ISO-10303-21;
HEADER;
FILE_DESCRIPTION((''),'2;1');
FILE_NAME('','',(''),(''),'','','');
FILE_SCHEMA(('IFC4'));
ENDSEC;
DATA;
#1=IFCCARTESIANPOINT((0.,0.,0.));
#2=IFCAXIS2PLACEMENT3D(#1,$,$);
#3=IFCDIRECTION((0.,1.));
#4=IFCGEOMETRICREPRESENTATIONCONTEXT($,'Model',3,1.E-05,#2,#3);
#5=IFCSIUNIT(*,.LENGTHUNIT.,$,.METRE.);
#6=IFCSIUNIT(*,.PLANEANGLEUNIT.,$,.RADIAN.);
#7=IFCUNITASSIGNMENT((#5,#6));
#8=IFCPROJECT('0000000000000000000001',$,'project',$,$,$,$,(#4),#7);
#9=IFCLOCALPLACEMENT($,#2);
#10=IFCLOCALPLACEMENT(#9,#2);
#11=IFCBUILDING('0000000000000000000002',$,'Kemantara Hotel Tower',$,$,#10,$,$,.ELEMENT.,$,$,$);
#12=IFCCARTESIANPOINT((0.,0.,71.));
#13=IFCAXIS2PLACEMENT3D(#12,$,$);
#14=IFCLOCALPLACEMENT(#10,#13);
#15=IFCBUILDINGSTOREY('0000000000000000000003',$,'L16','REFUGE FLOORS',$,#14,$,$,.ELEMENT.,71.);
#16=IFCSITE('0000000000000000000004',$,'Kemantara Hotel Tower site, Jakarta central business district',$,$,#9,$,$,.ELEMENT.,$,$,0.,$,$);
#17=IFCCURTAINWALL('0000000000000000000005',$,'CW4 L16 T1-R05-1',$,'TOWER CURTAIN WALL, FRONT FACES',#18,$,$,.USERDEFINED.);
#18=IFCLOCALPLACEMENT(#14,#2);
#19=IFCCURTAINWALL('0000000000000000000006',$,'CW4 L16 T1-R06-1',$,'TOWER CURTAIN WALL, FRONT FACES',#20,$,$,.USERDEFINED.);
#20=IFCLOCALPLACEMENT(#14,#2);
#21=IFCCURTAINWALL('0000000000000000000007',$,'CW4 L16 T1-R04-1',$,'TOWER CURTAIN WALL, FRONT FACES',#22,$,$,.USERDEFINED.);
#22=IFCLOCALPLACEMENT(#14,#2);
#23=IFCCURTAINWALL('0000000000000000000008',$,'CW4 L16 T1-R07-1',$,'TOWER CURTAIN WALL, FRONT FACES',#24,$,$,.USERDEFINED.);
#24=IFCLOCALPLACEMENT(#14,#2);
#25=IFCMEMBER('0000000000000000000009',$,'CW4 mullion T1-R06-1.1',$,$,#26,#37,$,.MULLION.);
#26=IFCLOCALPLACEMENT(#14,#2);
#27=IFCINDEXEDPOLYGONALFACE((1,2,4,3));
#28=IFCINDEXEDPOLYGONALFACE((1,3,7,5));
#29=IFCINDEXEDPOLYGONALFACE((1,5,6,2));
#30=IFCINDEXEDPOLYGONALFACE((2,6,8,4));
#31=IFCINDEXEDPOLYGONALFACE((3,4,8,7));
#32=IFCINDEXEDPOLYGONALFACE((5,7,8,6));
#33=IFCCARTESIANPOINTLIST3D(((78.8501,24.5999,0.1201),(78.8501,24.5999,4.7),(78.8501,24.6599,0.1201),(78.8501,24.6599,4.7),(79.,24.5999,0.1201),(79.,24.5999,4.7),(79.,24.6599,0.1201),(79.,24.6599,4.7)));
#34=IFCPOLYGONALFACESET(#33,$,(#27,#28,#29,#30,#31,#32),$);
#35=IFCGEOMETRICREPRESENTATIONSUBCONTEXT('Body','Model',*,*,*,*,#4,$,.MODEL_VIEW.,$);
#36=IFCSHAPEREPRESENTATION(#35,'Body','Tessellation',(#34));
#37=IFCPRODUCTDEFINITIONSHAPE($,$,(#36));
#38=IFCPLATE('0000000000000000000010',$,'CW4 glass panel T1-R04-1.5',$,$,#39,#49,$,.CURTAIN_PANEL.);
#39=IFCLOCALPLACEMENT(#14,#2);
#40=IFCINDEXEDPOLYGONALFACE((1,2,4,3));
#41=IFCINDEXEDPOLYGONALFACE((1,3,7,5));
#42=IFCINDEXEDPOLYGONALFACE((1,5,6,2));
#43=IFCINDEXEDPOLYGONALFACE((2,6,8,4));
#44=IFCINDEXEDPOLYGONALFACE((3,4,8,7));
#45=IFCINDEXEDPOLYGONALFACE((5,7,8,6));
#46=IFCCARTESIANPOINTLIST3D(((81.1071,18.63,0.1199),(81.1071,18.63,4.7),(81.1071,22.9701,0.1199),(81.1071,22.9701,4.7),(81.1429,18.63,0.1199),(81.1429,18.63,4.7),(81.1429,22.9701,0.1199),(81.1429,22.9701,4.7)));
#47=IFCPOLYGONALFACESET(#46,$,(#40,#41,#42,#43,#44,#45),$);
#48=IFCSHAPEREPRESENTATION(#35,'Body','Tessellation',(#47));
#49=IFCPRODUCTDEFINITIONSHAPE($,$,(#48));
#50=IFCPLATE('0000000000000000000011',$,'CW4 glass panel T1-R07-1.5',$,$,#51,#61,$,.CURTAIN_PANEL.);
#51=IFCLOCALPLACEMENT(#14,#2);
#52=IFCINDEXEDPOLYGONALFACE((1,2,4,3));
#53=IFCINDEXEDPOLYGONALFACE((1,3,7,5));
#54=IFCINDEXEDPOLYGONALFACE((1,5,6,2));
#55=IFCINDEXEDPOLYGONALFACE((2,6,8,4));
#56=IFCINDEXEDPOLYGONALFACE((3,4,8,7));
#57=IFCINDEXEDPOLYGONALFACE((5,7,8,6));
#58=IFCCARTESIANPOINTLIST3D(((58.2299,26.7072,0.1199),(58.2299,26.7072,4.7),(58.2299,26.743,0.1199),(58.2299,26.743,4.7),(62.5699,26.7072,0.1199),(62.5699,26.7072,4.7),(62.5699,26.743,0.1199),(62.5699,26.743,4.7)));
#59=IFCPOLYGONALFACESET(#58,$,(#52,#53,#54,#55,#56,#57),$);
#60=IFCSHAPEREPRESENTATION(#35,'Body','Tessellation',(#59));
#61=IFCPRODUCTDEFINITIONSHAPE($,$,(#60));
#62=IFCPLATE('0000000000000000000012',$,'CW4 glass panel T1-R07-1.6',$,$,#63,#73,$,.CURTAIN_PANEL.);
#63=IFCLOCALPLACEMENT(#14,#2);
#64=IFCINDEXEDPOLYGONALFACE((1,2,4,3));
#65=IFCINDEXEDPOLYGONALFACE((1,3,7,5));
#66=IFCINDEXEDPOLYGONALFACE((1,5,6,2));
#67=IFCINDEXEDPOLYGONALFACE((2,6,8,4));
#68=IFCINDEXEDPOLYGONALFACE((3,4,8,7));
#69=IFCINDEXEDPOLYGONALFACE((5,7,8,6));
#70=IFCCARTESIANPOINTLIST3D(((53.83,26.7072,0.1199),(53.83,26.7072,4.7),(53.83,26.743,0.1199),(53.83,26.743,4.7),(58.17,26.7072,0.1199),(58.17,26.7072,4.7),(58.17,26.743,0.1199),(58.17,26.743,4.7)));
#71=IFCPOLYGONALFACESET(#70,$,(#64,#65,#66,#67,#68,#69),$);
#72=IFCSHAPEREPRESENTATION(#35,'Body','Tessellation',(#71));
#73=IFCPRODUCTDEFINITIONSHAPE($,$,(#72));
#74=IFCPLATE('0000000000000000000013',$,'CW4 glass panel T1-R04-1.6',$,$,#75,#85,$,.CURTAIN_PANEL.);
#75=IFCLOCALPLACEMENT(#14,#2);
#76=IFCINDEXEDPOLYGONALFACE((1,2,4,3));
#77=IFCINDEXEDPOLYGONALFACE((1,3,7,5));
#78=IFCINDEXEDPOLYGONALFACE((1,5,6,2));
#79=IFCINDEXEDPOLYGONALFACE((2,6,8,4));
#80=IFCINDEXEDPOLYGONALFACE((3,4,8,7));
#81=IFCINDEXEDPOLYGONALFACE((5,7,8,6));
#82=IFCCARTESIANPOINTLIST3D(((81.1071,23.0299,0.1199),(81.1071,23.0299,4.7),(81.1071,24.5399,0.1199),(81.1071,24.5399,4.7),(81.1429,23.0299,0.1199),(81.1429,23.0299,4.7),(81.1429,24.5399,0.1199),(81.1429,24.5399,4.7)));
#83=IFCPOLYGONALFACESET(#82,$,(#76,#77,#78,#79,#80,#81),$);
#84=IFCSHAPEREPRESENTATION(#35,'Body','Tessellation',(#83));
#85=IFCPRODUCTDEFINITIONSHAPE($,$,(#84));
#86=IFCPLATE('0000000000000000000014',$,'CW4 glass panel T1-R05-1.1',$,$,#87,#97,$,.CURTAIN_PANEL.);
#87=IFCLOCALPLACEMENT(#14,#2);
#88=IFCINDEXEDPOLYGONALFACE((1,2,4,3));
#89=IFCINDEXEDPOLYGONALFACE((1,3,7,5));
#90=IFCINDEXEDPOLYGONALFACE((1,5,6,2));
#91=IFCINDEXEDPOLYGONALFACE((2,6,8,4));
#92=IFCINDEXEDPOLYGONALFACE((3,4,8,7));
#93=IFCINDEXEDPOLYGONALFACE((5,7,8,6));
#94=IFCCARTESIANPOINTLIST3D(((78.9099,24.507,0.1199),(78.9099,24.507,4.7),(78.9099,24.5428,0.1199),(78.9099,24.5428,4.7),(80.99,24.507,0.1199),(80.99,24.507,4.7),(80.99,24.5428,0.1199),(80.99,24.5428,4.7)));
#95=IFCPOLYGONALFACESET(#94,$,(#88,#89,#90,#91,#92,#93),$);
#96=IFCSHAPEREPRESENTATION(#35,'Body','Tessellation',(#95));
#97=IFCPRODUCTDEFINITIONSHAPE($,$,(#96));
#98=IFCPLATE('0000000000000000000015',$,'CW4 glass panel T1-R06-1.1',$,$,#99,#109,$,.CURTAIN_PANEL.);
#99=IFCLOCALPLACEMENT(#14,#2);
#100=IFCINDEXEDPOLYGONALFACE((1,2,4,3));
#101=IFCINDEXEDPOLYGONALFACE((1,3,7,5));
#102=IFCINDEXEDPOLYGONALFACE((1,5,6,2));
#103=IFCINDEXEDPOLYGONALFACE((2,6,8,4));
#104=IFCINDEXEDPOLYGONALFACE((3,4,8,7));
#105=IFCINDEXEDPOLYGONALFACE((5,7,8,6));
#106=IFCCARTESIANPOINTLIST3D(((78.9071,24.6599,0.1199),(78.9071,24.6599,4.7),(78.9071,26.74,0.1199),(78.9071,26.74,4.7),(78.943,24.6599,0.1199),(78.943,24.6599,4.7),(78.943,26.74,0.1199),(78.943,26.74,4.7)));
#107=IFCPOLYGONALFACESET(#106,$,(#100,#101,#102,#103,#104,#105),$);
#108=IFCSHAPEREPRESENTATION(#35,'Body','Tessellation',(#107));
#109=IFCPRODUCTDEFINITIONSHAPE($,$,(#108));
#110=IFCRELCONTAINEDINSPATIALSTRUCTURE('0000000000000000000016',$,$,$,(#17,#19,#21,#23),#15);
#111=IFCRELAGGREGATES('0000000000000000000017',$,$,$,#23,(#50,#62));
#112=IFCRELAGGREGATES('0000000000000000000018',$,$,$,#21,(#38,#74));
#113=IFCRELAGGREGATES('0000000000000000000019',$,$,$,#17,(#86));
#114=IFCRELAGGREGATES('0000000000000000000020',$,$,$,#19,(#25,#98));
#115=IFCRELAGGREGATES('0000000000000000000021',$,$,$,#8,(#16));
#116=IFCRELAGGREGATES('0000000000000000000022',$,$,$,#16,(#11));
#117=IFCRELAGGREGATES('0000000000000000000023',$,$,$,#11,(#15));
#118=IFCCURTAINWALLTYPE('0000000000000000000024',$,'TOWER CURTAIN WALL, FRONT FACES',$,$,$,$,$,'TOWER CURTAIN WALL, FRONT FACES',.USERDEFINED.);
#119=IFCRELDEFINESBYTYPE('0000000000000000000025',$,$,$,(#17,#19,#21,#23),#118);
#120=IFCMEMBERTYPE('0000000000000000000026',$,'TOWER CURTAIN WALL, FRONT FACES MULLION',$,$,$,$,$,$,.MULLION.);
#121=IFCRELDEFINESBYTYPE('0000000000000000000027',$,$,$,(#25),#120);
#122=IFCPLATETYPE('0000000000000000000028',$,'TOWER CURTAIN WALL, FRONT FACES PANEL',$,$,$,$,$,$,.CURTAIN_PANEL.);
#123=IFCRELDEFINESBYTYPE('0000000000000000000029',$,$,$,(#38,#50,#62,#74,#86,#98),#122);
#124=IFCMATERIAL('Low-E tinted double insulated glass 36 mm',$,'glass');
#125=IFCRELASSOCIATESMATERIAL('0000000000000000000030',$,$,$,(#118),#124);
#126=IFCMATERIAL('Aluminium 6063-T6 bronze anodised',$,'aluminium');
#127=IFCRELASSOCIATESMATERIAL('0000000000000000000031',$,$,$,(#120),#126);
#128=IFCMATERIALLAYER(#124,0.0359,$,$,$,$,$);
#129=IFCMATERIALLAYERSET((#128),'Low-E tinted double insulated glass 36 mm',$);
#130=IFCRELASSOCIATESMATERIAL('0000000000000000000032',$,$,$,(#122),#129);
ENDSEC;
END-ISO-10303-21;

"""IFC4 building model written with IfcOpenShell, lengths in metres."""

from ifc_helpers import new_model, si_unit, direction, frame, origin, origin_2d, place, context, subcontext, project, spatial, rectangle, extrude, source, transform, mapped, material, layer, layer_set, material_profile, profile_set, type_object, element, aggregate, save


model = new_model("IFC4")

# Units and contexts
model_context = context("Model", 3, precision=1e-05, world=origin(), true_north=direction((0.0, 1.0)))
body_context = subcontext(model_context, "Body", "Model", "MODEL_VIEW")
ifc_project = project(units=[si_unit("LENGTHUNIT", "METRE"), si_unit("PLANEANGLEUNIT", "RADIAN")], contexts=[model_context])

# Site, building, storey
site_placement = place(None, origin())
site = spatial("IfcSite", under=ifc_project, at=site_placement, Name="Kemantara Hotel Tower site, Jakarta central business district", CompositionType="ELEMENT", RefElevation=0.0)
building_placement = place(site_placement, origin())
building = spatial("IfcBuilding", under=site, at=building_placement, Name="Kemantara Hotel Tower", CompositionType="ELEMENT")
storey_placement = place(building_placement, frame((0.0, 0.0, 71.0)))
storey = spatial("IfcBuildingStorey", under=building, at=storey_placement, Name="L16", Description="REFUGE FLOORS", CompositionType="ELEMENT", Elevation=71.0)

# Curtain walls
ifc_material_1 = material(Name="Low-E tinted double insulated glass 36 mm", Category="glass")
curtain_wall_type = type_object("IfcCurtainWallType", Name="TOWER CURTAIN WALL, FRONT FACES", ElementType="TOWER CURTAIN WALL, FRONT FACES", PredefinedType="USERDEFINED", material=ifc_material_1)
curtain_wall_1_placement = place(storey_placement, origin())
curtain_wall_1 = element("IfcCurtainWall", 1, at=curtain_wall_1_placement, inside=storey, type_object=curtain_wall_type, Name="CW4 L16 T1-R05-1", ObjectType="TOWER CURTAIN WALL, FRONT FACES", PredefinedType="USERDEFINED")
ifc_material_2 = material(Name="Aluminium 6063-T6 bronze anodised", Category="aluminium")
curtain_wall_2_placement = place(storey_placement, origin())
curtain_wall_2 = element("IfcCurtainWall", 2, at=curtain_wall_2_placement, inside=storey, type_object=curtain_wall_type, Name="CW4 L16 T1-R06-1", ObjectType="TOWER CURTAIN WALL, FRONT FACES", PredefinedType="USERDEFINED")

# Curtain walls
curtain_wall_3_placement = place(storey_placement, origin())
curtain_wall_3 = element("IfcCurtainWall", 3, at=curtain_wall_3_placement, inside=storey, type_object=curtain_wall_type, Name="CW4 L16 T1-R04-1", ObjectType="TOWER CURTAIN WALL, FRONT FACES", PredefinedType="USERDEFINED")
ifc_material_profile_1 = material_profile(ifc_material_2, rectangle(XDim=0.1499, YDim=0.0601, at=origin_2d()), Name="TOWER CURTAIN WALL, FRONT FACES MULLION")
ifc_profile_set_1 = profile_set([ifc_material_profile_1], Name="Aluminium 6063-T6 bronze anodised")
member_type_1 = type_object("IfcMemberType", Name="TOWER CURTAIN WALL, FRONT FACES MULLION", PredefinedType="MULLION", material=ifc_profile_set_1)
shared_shape_1 = source(origin(), body_context, "Body", "SweptSolid", [
    extrude(rectangle(XDim=0.1499, YDim=0.0601, at=origin_2d()), origin(), (0.0, 0.0, 1.0), 4.5798),
])
curtain_wall_4_placement = place(storey_placement, origin())
curtain_wall_4 = element("IfcCurtainWall", 4, at=curtain_wall_4_placement, inside=storey, type_object=curtain_wall_type, Name="CW4 L16 T1-R07-1", ObjectType="TOWER CURTAIN WALL, FRONT FACES", PredefinedType="USERDEFINED")

# Member
member_1_placement = place(storey_placement, frame((78.925, 24.6299, 0.1201), z_axis=(0.0, 0.0, 1.0), x_axis=(-1.0, 0.0, 0.0)))
member_1 = element("IfcMember", 5, at=member_1_placement, type_object=member_type_1, Name="CW4 mullion T1-R06-1.1", PredefinedType="MULLION", context=body_context, shape_type="MappedRepresentation", body=[
    mapped(shared_shape_1, transform((0.0, 0.0, 0.0))),
])

# Plates
ifc_layer = layer(ifc_material_1, 0.0359)
ifc_layer_set = layer_set([ifc_layer], Name="Low-E tinted double insulated glass 36 mm")
plate_type = type_object("IfcPlateType", Name="TOWER CURTAIN WALL, FRONT FACES PANEL", PredefinedType="CURTAIN_PANEL", material=ifc_layer_set)
shared_shape_2 = source(origin(), body_context, "Body", "SweptSolid", [
    extrude(rectangle(XDim=4.3401, YDim=0.0359, at=origin_2d()), origin(), (0.0, 0.0, 1.0), 4.5801),
])
plate_1_placement = place(storey_placement, frame((81.125, 20.8, 0.1199), z_axis=(0.0, 0.0, 1.0), x_axis=(0.0, 1.0, 0.0)))
plate_1 = element("IfcPlate", 6, at=plate_1_placement, type_object=plate_type, Name="CW4 glass panel T1-R04-1.5", PredefinedType="CURTAIN_PANEL", context=body_context, shape_type="MappedRepresentation", body=[
    mapped(shared_shape_2, transform((0.0, 0.0, 0.0))),
])
plate_2_placement = place(storey_placement, frame((60.3999, 26.7251, 0.1199), z_axis=(0.0, 0.0, 1.0), x_axis=(-1.0, 0.0, 0.0)))
plate_2 = element("IfcPlate", 7, at=plate_2_placement, type_object=plate_type, Name="CW4 glass panel T1-R07-1.5", PredefinedType="CURTAIN_PANEL", context=body_context, shape_type="MappedRepresentation", body=[
    mapped(shared_shape_2, transform((0.0, 0.0, 0.0))),
])
plate_3_placement = place(storey_placement, frame((56.0, 26.7251, 0.1199), z_axis=(0.0, 0.0, 1.0), x_axis=(-1.0, 0.0, 0.0)))
plate_3 = element("IfcPlate", 8, at=plate_3_placement, type_object=plate_type, Name="CW4 glass panel T1-R07-1.6", PredefinedType="CURTAIN_PANEL", context=body_context, shape_type="MappedRepresentation", body=[
    mapped(shared_shape_2, transform((0.0, 0.0, 0.0))),
])
aggregate(curtain_wall_4, [plate_2, plate_3])
shared_shape_3 = source(origin(), body_context, "Body", "SweptSolid", [
    extrude(rectangle(XDim=1.51, YDim=0.0359, at=origin_2d()), origin(), (0.0, 0.0, 1.0), 4.5801),
])
plate_4_placement = place(storey_placement, frame((81.125, 23.7849, 0.1199), z_axis=(0.0, 0.0, 1.0), x_axis=(0.0, 1.0, 0.0)))
plate_4 = element("IfcPlate", 9, at=plate_4_placement, type_object=plate_type, Name="CW4 glass panel T1-R04-1.6", PredefinedType="CURTAIN_PANEL", context=body_context, shape_type="MappedRepresentation", body=[
    mapped(shared_shape_3, transform((0.0, 0.0, 0.0))),
])
aggregate(curtain_wall_3, [plate_1, plate_4])
shared_shape_4 = source(origin(), body_context, "Body", "SweptSolid", [
    extrude(rectangle(XDim=2.0801, YDim=0.0359, at=origin_2d()), origin(), (0.0, 0.0, 1.0), 4.5801),
])
plate_5_placement = place(storey_placement, frame((79.95, 24.5249, 0.1199), z_axis=(0.0, 0.0, 1.0), x_axis=(-1.0, 0.0, 0.0)))
plate_5 = element("IfcPlate", 10, at=plate_5_placement, type_object=plate_type, Name="CW4 glass panel T1-R05-1.1", PredefinedType="CURTAIN_PANEL", context=body_context, shape_type="MappedRepresentation", body=[
    mapped(shared_shape_4, transform((0.0, 0.0, 0.0))),
])
aggregate(curtain_wall_1, [plate_5])
plate_6_placement = place(storey_placement, frame((78.925, 25.7, 0.1199), z_axis=(0.0, 0.0, 1.0), x_axis=(0.0, 1.0, 0.0)))
plate_6 = element("IfcPlate", 11, at=plate_6_placement, type_object=plate_type, Name="CW4 glass panel T1-R06-1.1", PredefinedType="CURTAIN_PANEL", context=body_context, shape_type="MappedRepresentation", body=[
    mapped(shared_shape_4, transform((0.0, 0.0, 0.0))),
])
aggregate(curtain_wall_2, [member_1, plate_6])

save(model, "model.ifc")
